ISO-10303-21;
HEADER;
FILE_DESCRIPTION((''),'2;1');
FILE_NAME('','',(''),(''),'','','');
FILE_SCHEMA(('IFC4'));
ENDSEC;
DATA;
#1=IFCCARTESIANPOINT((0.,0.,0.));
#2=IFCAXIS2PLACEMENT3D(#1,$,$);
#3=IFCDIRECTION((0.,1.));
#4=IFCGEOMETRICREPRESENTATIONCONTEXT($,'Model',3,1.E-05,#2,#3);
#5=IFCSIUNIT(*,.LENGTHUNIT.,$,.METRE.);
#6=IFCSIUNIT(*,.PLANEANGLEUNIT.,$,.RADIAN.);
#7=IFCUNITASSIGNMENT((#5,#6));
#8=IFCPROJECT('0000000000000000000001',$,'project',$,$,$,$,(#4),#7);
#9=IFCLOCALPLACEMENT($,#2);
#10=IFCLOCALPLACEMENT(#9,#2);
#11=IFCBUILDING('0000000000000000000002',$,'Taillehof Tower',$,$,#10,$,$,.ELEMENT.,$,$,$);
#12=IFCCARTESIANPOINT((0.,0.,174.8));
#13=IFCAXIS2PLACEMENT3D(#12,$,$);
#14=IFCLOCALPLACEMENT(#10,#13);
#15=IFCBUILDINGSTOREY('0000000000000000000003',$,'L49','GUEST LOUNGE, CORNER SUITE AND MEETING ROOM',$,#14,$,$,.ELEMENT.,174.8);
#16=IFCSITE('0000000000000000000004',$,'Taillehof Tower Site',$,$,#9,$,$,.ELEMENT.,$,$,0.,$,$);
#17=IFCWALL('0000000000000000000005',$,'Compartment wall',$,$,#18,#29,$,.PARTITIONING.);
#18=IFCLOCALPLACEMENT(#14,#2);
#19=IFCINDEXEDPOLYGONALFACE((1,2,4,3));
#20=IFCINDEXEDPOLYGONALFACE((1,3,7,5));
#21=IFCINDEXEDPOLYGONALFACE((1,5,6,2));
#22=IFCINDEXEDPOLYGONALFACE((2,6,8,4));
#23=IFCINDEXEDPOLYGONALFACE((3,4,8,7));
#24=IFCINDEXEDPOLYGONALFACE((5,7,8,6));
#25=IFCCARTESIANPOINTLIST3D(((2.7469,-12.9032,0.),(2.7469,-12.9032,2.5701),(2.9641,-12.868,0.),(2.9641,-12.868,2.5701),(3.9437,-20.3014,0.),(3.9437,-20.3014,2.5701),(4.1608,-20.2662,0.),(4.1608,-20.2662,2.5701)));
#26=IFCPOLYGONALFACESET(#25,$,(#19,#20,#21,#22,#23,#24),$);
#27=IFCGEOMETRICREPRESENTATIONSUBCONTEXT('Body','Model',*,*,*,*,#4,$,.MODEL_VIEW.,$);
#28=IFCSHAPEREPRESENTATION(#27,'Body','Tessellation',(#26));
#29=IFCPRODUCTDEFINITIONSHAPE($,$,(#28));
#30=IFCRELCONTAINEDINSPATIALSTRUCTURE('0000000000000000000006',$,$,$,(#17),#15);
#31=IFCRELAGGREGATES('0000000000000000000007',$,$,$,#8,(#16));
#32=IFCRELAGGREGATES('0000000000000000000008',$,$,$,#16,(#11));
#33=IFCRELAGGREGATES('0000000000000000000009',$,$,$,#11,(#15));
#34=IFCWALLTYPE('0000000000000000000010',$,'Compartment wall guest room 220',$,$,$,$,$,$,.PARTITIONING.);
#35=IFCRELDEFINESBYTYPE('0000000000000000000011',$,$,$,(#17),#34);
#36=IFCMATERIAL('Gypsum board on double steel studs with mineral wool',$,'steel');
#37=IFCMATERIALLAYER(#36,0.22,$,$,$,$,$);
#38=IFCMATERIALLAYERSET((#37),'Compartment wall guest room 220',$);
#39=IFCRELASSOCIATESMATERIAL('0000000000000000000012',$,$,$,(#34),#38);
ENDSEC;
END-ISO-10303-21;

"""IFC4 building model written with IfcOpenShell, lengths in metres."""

from ifc_helpers import new_model, si_unit, direction, frame, frame_2d, origin, place, context, subcontext, project, spatial, rectangle, extrude, material, layer, layer_set, type_object, element, save


model = new_model("IFC4")

# Units and contexts
model_context = context("Model", 3, precision=1e-05, world=origin(), true_north=direction((0.0, 1.0)))
body_context = subcontext(model_context, "Body", "Model", "MODEL_VIEW")
ifc_project = project(units=[si_unit("LENGTHUNIT", "METRE"), si_unit("PLANEANGLEUNIT", "RADIAN")], contexts=[model_context])

# Site, building, storey
site_placement = place(None, origin())
site = spatial("IfcSite", under=ifc_project, at=site_placement, Name="Taillehof Tower Site", CompositionType="ELEMENT", RefElevation=0.0)
building_placement = place(site_placement, origin())
building = spatial("IfcBuilding", under=site, at=building_placement, Name="Taillehof Tower", CompositionType="ELEMENT")
storey_placement = place(building_placement, frame((0.0, 0.0, 174.8)))
storey = spatial("IfcBuildingStorey", under=building, at=storey_placement, Name="L49", Description="GUEST LOUNGE, CORNER SUITE AND MEETING ROOM", CompositionType="ELEMENT", Elevation=174.8)

# Wall
ifc_material_1 = material(Name="Gypsum board on double steel studs with mineral wool", Category="steel")
ifc_layer_1 = layer(ifc_material_1, 0.22)
ifc_layer_set_1 = layer_set([ifc_layer_1], Name="Compartment wall guest room 220")
wall_type_1 = type_object("IfcWallType", Name="Compartment wall guest room 220", PredefinedType="PARTITIONING", material=ifc_layer_set_1)
wall_1_placement = place(storey_placement, frame((4.0522, -20.2837, 0.0), z_axis=(0.0, 0.0, 1.0), x_axis=(-0.15969, 0.987167, 0.0)))
element("IfcWall", 1, at=wall_1_placement, inside=storey, type_object=wall_type_1, Name="Compartment wall", PredefinedType="PARTITIONING", context=body_context, shape_type="SweptSolid", body=[
    extrude(rectangle(XDim=7.4944, YDim=0.22, at=frame_2d((3.7471, 0.0))), origin(), (0.0, 0.0, 1.0), 2.5701),
])

save(model, "model.ifc")
